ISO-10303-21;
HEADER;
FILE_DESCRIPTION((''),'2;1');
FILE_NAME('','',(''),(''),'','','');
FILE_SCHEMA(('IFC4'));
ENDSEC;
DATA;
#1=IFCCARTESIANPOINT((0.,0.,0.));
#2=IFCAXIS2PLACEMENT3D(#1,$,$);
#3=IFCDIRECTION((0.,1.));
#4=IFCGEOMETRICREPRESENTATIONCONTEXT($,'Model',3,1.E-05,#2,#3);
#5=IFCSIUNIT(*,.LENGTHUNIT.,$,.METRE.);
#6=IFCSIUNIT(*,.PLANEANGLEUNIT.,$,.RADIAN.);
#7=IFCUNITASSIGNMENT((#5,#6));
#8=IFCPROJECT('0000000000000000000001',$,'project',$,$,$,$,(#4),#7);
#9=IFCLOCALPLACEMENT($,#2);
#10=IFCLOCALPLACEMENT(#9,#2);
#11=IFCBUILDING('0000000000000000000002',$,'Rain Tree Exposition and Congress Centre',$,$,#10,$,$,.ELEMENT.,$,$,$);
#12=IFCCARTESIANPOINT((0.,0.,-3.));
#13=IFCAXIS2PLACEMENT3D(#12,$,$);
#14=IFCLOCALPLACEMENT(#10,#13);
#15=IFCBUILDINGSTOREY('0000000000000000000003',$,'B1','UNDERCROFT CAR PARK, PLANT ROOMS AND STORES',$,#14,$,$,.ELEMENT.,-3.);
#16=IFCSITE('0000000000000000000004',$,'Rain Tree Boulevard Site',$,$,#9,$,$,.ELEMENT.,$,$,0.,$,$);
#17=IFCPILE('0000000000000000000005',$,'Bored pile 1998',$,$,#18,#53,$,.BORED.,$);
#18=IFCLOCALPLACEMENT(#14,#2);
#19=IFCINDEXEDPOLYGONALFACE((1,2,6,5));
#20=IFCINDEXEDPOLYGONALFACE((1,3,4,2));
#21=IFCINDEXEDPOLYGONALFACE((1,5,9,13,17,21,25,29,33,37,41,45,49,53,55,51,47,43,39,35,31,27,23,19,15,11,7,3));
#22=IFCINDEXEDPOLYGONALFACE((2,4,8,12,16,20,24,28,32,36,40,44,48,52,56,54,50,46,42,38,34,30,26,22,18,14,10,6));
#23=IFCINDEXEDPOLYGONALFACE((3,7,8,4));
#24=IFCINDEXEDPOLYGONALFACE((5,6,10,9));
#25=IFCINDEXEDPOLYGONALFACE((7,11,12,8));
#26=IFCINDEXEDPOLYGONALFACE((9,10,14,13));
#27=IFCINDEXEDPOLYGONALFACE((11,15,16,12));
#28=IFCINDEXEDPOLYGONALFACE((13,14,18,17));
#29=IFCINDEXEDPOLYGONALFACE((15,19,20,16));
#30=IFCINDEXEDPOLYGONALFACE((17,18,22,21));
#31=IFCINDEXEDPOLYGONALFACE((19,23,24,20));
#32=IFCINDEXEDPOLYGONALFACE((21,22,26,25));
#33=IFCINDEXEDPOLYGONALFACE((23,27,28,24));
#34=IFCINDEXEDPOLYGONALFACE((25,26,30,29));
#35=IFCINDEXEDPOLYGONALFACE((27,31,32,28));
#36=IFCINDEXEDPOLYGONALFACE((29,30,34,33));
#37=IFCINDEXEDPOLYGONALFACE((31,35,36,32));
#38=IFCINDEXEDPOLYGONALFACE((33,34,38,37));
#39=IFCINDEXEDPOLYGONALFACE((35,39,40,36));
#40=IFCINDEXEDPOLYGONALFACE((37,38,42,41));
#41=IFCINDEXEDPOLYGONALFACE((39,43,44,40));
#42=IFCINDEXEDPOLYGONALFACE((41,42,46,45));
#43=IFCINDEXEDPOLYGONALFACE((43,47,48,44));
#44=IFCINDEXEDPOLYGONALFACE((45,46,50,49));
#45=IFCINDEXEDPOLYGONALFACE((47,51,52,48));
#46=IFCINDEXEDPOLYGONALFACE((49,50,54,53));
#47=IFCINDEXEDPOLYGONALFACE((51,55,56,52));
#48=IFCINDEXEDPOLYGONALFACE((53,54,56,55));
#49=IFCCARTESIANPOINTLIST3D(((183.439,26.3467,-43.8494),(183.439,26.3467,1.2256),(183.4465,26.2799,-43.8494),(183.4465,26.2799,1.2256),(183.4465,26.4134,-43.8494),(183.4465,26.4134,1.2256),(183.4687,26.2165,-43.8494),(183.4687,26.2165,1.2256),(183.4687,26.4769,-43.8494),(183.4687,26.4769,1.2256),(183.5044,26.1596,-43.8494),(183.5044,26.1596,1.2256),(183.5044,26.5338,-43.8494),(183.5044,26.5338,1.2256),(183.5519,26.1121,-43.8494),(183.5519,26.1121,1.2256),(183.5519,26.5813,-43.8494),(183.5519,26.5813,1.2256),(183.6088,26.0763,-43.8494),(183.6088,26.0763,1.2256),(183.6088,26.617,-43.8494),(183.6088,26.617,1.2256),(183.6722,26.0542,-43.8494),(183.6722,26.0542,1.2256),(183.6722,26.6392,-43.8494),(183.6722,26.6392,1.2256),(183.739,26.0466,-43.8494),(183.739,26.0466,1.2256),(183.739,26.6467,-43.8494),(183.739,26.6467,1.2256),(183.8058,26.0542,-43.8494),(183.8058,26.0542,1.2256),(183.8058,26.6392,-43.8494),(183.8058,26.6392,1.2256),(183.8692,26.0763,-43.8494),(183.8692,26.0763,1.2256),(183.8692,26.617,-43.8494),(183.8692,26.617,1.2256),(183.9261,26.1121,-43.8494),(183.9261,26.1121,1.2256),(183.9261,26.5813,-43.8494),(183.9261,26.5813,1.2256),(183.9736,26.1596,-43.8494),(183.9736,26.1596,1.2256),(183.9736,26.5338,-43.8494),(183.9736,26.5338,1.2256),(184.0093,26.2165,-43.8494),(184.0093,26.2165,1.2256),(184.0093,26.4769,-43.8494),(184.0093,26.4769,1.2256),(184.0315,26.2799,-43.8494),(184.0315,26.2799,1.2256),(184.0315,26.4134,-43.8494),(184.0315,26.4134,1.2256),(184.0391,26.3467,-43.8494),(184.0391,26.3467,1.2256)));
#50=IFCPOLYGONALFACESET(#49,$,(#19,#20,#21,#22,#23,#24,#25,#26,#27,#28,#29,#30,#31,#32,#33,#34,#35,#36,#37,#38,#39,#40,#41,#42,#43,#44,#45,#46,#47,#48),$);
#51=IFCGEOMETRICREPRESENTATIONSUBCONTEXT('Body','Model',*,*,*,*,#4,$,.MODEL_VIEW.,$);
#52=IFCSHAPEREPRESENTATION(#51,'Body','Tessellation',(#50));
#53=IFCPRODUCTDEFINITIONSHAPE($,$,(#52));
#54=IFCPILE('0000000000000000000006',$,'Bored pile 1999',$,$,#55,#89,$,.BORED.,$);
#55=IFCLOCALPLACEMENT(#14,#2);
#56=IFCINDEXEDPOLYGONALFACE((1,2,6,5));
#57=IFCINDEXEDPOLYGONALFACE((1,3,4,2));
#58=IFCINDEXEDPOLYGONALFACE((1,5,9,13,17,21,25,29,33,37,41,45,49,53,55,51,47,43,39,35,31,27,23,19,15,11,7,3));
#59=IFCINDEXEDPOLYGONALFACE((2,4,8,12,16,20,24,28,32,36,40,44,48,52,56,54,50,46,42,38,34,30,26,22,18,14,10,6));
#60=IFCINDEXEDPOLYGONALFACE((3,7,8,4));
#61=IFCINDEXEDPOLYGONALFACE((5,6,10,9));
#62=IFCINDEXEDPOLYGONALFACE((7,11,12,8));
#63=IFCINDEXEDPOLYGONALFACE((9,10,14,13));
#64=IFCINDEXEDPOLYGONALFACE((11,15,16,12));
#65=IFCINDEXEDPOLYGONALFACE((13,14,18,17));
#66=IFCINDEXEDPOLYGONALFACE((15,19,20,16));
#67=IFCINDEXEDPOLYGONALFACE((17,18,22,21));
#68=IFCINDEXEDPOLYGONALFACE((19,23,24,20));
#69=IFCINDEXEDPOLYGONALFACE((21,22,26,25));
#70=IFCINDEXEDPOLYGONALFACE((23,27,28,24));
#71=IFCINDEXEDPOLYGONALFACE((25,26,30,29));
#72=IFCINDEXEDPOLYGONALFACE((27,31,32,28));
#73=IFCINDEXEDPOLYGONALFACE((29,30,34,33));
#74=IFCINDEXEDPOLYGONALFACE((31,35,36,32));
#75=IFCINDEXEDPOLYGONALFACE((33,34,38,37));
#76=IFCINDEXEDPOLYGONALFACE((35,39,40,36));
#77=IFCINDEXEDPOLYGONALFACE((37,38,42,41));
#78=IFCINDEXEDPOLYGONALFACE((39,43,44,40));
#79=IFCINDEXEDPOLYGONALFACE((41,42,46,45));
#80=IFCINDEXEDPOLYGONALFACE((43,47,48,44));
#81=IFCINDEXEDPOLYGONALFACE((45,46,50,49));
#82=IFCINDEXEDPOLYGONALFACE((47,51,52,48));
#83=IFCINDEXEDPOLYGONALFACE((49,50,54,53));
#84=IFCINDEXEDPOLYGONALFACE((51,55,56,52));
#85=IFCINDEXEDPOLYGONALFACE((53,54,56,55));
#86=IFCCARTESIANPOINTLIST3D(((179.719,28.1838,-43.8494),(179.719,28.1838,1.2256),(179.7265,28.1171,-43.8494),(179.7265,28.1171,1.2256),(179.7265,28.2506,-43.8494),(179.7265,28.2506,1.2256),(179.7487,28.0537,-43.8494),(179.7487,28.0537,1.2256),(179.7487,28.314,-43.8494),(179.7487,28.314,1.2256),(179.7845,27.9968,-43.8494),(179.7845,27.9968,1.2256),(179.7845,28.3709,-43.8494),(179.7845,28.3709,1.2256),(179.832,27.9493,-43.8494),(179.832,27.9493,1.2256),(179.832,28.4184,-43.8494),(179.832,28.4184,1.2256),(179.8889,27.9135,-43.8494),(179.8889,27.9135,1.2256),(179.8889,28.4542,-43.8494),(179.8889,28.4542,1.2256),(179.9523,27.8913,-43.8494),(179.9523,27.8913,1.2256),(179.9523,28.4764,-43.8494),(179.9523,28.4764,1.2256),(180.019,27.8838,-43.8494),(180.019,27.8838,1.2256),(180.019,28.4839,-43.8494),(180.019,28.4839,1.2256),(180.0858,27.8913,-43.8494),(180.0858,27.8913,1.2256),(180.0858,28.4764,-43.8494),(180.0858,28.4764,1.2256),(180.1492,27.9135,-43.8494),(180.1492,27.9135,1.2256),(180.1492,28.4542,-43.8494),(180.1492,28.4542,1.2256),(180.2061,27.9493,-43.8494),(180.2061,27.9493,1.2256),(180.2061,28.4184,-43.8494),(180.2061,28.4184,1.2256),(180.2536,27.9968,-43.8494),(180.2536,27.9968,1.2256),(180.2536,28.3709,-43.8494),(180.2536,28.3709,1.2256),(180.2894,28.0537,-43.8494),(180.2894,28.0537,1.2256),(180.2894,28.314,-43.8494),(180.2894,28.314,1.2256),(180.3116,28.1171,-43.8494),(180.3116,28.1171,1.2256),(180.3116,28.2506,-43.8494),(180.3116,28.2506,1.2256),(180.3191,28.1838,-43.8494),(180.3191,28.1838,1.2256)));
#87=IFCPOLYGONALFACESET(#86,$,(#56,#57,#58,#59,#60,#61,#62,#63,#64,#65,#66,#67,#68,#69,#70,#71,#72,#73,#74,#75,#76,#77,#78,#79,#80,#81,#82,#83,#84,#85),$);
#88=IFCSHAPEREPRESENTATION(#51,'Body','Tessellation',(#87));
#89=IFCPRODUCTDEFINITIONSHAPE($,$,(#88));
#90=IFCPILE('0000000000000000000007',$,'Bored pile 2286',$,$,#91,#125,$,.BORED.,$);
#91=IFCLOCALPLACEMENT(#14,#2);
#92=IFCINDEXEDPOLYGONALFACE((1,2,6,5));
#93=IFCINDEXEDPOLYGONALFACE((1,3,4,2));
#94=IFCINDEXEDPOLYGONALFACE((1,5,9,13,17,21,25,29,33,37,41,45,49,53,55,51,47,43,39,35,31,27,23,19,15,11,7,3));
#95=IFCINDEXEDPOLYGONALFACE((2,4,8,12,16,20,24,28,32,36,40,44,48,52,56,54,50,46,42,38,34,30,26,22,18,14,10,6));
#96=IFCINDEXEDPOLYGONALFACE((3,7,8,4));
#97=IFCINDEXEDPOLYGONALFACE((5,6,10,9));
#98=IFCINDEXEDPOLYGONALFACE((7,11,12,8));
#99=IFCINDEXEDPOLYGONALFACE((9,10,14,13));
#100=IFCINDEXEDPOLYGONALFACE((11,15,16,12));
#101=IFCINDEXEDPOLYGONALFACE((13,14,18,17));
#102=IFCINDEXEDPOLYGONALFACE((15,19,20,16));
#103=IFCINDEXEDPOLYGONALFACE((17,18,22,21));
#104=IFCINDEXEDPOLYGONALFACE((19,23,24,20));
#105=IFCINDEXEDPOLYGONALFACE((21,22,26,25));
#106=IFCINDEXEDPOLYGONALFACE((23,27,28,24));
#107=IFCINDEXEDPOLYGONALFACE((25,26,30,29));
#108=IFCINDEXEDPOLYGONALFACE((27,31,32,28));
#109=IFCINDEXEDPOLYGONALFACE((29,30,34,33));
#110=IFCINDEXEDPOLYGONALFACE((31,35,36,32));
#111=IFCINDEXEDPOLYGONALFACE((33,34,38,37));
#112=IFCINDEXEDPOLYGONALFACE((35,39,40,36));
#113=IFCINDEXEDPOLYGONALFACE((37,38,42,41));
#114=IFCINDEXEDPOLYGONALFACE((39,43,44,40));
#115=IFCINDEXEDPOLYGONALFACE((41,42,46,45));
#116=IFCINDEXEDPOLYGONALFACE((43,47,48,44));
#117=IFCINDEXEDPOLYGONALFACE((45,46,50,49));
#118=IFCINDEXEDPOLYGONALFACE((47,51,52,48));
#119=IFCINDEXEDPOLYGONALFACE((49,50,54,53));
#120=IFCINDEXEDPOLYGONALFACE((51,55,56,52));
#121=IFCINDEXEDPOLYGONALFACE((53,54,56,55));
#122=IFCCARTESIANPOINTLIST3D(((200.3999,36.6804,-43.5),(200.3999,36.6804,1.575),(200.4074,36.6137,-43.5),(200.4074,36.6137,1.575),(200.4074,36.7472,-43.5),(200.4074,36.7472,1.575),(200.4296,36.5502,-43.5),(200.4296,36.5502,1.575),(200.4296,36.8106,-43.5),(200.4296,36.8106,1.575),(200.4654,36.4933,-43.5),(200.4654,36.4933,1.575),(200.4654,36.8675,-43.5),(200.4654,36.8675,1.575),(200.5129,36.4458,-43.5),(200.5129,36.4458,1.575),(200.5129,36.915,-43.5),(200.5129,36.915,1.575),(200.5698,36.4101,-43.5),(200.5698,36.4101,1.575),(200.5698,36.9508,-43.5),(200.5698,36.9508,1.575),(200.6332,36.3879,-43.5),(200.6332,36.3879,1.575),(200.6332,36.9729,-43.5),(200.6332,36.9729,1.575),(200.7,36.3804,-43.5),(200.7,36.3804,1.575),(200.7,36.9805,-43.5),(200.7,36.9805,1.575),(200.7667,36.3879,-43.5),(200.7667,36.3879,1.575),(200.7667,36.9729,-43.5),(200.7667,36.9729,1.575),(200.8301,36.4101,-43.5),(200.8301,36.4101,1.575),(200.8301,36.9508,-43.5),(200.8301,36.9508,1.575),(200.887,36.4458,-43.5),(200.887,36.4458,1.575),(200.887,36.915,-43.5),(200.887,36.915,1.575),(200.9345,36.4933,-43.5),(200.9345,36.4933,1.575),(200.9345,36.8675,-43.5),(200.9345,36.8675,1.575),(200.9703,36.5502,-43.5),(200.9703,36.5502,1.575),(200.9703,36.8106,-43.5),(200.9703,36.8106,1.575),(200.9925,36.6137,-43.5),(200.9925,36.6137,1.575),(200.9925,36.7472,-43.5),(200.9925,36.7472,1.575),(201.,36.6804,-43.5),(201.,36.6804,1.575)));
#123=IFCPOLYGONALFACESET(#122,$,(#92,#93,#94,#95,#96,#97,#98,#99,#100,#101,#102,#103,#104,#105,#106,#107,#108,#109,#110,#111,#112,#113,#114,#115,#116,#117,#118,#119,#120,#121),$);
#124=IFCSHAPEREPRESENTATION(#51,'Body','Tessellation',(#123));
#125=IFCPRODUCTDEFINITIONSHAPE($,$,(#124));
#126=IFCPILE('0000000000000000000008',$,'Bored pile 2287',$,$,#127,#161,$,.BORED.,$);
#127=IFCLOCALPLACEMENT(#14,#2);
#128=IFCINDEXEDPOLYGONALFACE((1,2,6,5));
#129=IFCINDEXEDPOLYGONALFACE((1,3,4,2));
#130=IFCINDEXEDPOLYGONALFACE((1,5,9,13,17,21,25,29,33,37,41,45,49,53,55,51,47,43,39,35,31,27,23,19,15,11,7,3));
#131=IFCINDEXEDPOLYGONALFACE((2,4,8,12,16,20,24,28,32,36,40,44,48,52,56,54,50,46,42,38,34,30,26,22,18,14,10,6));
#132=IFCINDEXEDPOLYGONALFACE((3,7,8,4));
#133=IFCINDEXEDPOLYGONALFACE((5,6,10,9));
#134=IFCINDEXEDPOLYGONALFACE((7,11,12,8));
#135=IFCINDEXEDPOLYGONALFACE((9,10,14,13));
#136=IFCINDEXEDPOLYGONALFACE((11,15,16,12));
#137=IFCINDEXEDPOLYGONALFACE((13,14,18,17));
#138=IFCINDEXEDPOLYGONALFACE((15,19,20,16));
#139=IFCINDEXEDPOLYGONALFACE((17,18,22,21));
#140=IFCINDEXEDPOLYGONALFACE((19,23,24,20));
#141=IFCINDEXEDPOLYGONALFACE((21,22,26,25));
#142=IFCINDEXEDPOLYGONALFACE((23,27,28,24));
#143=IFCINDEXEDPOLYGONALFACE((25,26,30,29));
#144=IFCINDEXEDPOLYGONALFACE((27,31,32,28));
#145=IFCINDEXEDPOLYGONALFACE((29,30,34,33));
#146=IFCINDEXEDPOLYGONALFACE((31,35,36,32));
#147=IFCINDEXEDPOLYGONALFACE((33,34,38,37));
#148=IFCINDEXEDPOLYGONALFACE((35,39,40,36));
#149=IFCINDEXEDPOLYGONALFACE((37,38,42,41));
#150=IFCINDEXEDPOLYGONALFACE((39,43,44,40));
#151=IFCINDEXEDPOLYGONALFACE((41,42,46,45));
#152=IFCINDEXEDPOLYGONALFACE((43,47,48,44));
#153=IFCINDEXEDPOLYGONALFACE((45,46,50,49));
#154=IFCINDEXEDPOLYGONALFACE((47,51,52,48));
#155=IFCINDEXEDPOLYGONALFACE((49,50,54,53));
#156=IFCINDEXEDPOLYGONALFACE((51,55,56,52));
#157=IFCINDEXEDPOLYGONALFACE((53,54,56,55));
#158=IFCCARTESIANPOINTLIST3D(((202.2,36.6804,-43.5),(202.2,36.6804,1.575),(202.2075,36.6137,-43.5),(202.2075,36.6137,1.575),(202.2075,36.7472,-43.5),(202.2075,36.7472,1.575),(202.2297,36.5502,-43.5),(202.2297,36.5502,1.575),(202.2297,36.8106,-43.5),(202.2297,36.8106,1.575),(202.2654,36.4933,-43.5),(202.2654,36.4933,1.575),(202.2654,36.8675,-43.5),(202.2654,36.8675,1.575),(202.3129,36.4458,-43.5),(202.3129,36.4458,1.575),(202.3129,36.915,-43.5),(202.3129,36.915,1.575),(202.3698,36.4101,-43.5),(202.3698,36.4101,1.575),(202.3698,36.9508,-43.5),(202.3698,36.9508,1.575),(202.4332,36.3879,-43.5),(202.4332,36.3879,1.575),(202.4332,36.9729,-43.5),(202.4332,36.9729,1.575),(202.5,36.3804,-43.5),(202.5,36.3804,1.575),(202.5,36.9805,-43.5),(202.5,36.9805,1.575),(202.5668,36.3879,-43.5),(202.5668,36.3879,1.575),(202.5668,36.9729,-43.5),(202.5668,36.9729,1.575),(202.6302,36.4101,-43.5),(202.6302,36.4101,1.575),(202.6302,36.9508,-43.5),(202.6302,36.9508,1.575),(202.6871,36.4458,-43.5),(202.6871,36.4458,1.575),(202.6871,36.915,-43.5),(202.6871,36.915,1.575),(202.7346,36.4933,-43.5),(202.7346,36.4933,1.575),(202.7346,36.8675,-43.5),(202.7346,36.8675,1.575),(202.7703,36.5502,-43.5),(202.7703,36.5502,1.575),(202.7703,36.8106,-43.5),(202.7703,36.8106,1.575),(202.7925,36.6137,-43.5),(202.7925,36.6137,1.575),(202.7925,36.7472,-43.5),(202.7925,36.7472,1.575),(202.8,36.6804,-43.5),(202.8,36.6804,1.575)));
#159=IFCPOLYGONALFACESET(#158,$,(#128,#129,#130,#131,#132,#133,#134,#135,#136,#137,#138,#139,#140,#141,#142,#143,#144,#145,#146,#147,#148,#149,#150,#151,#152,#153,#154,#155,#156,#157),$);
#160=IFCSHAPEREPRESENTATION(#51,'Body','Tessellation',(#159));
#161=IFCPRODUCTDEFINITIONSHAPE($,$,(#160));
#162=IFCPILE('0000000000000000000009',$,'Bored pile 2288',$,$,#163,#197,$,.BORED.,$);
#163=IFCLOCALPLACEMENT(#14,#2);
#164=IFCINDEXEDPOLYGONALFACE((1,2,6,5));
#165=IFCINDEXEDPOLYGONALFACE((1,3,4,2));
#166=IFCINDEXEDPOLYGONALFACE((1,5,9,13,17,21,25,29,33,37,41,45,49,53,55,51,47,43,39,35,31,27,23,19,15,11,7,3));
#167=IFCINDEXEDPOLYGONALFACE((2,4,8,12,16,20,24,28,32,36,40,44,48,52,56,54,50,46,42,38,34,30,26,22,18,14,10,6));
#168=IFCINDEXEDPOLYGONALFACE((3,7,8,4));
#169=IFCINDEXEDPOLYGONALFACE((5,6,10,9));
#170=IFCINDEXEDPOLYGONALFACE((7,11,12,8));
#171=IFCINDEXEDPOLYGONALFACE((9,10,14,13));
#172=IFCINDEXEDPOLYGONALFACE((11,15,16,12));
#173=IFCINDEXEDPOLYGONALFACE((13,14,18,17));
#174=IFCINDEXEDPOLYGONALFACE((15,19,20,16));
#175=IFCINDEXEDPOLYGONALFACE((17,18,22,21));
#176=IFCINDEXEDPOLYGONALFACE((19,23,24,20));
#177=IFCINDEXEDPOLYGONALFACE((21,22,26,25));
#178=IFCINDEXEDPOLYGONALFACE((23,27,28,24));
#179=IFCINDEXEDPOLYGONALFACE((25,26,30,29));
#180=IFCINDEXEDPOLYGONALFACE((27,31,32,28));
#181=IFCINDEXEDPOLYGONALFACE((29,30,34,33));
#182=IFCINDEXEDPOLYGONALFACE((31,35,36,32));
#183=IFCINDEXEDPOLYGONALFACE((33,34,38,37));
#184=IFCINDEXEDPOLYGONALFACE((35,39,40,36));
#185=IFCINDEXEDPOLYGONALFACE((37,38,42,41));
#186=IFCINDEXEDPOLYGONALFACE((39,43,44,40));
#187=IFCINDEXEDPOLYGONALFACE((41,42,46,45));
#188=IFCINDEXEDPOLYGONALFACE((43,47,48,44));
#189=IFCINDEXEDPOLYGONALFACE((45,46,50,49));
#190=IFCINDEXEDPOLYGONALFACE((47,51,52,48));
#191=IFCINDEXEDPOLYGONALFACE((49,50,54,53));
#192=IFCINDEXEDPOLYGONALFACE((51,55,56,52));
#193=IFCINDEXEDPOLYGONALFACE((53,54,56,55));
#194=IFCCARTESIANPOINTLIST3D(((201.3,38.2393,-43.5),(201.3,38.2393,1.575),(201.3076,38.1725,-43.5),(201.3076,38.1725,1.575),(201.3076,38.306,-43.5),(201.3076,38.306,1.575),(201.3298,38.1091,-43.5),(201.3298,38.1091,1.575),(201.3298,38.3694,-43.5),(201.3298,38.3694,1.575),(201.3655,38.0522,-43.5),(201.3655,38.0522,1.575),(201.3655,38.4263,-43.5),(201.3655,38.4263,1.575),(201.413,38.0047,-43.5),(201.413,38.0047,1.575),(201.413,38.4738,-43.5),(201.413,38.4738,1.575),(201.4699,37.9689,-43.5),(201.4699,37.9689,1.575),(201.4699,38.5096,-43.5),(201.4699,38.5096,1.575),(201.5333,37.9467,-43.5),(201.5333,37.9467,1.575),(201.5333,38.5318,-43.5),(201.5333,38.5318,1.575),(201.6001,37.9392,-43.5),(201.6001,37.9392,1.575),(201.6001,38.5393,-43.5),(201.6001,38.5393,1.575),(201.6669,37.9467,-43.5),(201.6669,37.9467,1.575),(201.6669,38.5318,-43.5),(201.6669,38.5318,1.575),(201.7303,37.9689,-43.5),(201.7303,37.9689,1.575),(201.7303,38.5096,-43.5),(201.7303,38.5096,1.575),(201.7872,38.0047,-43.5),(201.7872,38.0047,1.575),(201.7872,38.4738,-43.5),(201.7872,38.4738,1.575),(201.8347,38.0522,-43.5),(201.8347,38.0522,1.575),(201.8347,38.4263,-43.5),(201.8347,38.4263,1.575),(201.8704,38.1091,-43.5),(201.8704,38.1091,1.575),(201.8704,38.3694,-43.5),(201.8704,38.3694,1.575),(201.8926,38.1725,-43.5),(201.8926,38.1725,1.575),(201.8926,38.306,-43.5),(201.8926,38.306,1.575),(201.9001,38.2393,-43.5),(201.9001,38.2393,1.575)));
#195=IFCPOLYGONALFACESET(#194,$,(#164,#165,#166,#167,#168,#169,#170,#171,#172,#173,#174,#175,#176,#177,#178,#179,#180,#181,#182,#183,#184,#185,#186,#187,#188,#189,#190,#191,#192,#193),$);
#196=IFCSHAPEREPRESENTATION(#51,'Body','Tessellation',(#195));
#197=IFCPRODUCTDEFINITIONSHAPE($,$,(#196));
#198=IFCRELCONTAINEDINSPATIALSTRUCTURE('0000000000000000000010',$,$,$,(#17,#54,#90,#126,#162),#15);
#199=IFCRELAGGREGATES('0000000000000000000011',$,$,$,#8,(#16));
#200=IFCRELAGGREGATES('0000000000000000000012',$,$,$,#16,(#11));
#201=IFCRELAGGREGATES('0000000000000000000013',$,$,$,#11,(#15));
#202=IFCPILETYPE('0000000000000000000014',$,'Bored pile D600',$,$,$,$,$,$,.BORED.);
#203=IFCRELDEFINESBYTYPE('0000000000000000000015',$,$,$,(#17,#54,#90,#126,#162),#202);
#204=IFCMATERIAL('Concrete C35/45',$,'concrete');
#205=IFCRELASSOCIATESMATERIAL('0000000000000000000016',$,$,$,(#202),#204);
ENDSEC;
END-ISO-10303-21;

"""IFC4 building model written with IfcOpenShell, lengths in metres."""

from ifc_helpers import new_model, si_unit, direction, frame, origin, origin_2d, place, context, subcontext, project, spatial, circle, extrude, material, material_profile, profile_set, type_object, element, save


model = new_model("IFC4")

# Units and contexts
model_context = context("Model", 3, precision=1e-05, world=origin(), true_north=direction((0.0, 1.0)))
body_context = subcontext(model_context, "Body", "Model", "MODEL_VIEW")
ifc_project = project(units=[si_unit("LENGTHUNIT", "METRE"), si_unit("PLANEANGLEUNIT", "RADIAN")], contexts=[model_context])

# Site, building, storey
site_placement = place(None, origin())
site = spatial("IfcSite", under=ifc_project, at=site_placement, Name="Rain Tree Boulevard Site", CompositionType="ELEMENT", RefElevation=0.0)
building_placement = place(site_placement, origin())
building = spatial("IfcBuilding", under=site, at=building_placement, Name="Rain Tree Exposition and Congress Centre", CompositionType="ELEMENT")
storey_placement = place(building_placement, frame((0.0, 0.0, -3.0)))
storey = spatial("IfcBuildingStorey", under=building, at=storey_placement, Name="B1", Description="UNDERCROFT CAR PARK, PLANT ROOMS AND STORES", CompositionType="ELEMENT", Elevation=-3.0)

# Piles
ifc_material_1 = material(Name="Concrete C35/45", Category="concrete")
ifc_material_profile_1 = material_profile(ifc_material_1, circle(Radius=0.3, at=origin_2d()), Name="D600")
ifc_profile_set_1 = profile_set([ifc_material_profile_1], Name="Concrete C35/45")
pile_type_1 = type_object("IfcPileType", Name="Bored pile D600", PredefinedType="BORED", material=ifc_profile_set_1)
for number, where, z_axis, x_axis, name in (
    (1, (183.739, 26.3467, 1.2256), (0.0, 0.0, -1.0), (1.0, 0.0, 0.0), "Bored pile 1998"),
    (2, (180.019, 28.1838, 1.2256), (0.0, 0.0, -1.0), (1.0, 0.0, 0.0), "Bored pile 1999"),
    (3, (200.7, 36.6804, 1.575), (0.0, 0.0, -1.0), (1.0, 0.0, 0.0), "Bored pile 2286"),
    (4, (202.5, 36.6804, 1.575), (0.0, 0.0, -1.0), (1.0, 0.0, 0.0), "Bored pile 2287"),
    (5, (201.6001, 38.2393, 1.575), (0.0, 0.0, -1.0), (1.0, 0.0, 0.0), "Bored pile 2288"),
):
    element("IfcPile", number, at=place(storey_placement, frame(where, z_axis=z_axis, x_axis=x_axis)), inside=storey, type_object=pile_type_1, Name=name, PredefinedType="BORED", context=body_context, shape_type="SweptSolid", body=[
        extrude(circle(Radius=0.3, at=origin_2d()), origin(), (0.0, 0.0, 1.0), 45.075),
    ])

save(model, "model.ifc")
